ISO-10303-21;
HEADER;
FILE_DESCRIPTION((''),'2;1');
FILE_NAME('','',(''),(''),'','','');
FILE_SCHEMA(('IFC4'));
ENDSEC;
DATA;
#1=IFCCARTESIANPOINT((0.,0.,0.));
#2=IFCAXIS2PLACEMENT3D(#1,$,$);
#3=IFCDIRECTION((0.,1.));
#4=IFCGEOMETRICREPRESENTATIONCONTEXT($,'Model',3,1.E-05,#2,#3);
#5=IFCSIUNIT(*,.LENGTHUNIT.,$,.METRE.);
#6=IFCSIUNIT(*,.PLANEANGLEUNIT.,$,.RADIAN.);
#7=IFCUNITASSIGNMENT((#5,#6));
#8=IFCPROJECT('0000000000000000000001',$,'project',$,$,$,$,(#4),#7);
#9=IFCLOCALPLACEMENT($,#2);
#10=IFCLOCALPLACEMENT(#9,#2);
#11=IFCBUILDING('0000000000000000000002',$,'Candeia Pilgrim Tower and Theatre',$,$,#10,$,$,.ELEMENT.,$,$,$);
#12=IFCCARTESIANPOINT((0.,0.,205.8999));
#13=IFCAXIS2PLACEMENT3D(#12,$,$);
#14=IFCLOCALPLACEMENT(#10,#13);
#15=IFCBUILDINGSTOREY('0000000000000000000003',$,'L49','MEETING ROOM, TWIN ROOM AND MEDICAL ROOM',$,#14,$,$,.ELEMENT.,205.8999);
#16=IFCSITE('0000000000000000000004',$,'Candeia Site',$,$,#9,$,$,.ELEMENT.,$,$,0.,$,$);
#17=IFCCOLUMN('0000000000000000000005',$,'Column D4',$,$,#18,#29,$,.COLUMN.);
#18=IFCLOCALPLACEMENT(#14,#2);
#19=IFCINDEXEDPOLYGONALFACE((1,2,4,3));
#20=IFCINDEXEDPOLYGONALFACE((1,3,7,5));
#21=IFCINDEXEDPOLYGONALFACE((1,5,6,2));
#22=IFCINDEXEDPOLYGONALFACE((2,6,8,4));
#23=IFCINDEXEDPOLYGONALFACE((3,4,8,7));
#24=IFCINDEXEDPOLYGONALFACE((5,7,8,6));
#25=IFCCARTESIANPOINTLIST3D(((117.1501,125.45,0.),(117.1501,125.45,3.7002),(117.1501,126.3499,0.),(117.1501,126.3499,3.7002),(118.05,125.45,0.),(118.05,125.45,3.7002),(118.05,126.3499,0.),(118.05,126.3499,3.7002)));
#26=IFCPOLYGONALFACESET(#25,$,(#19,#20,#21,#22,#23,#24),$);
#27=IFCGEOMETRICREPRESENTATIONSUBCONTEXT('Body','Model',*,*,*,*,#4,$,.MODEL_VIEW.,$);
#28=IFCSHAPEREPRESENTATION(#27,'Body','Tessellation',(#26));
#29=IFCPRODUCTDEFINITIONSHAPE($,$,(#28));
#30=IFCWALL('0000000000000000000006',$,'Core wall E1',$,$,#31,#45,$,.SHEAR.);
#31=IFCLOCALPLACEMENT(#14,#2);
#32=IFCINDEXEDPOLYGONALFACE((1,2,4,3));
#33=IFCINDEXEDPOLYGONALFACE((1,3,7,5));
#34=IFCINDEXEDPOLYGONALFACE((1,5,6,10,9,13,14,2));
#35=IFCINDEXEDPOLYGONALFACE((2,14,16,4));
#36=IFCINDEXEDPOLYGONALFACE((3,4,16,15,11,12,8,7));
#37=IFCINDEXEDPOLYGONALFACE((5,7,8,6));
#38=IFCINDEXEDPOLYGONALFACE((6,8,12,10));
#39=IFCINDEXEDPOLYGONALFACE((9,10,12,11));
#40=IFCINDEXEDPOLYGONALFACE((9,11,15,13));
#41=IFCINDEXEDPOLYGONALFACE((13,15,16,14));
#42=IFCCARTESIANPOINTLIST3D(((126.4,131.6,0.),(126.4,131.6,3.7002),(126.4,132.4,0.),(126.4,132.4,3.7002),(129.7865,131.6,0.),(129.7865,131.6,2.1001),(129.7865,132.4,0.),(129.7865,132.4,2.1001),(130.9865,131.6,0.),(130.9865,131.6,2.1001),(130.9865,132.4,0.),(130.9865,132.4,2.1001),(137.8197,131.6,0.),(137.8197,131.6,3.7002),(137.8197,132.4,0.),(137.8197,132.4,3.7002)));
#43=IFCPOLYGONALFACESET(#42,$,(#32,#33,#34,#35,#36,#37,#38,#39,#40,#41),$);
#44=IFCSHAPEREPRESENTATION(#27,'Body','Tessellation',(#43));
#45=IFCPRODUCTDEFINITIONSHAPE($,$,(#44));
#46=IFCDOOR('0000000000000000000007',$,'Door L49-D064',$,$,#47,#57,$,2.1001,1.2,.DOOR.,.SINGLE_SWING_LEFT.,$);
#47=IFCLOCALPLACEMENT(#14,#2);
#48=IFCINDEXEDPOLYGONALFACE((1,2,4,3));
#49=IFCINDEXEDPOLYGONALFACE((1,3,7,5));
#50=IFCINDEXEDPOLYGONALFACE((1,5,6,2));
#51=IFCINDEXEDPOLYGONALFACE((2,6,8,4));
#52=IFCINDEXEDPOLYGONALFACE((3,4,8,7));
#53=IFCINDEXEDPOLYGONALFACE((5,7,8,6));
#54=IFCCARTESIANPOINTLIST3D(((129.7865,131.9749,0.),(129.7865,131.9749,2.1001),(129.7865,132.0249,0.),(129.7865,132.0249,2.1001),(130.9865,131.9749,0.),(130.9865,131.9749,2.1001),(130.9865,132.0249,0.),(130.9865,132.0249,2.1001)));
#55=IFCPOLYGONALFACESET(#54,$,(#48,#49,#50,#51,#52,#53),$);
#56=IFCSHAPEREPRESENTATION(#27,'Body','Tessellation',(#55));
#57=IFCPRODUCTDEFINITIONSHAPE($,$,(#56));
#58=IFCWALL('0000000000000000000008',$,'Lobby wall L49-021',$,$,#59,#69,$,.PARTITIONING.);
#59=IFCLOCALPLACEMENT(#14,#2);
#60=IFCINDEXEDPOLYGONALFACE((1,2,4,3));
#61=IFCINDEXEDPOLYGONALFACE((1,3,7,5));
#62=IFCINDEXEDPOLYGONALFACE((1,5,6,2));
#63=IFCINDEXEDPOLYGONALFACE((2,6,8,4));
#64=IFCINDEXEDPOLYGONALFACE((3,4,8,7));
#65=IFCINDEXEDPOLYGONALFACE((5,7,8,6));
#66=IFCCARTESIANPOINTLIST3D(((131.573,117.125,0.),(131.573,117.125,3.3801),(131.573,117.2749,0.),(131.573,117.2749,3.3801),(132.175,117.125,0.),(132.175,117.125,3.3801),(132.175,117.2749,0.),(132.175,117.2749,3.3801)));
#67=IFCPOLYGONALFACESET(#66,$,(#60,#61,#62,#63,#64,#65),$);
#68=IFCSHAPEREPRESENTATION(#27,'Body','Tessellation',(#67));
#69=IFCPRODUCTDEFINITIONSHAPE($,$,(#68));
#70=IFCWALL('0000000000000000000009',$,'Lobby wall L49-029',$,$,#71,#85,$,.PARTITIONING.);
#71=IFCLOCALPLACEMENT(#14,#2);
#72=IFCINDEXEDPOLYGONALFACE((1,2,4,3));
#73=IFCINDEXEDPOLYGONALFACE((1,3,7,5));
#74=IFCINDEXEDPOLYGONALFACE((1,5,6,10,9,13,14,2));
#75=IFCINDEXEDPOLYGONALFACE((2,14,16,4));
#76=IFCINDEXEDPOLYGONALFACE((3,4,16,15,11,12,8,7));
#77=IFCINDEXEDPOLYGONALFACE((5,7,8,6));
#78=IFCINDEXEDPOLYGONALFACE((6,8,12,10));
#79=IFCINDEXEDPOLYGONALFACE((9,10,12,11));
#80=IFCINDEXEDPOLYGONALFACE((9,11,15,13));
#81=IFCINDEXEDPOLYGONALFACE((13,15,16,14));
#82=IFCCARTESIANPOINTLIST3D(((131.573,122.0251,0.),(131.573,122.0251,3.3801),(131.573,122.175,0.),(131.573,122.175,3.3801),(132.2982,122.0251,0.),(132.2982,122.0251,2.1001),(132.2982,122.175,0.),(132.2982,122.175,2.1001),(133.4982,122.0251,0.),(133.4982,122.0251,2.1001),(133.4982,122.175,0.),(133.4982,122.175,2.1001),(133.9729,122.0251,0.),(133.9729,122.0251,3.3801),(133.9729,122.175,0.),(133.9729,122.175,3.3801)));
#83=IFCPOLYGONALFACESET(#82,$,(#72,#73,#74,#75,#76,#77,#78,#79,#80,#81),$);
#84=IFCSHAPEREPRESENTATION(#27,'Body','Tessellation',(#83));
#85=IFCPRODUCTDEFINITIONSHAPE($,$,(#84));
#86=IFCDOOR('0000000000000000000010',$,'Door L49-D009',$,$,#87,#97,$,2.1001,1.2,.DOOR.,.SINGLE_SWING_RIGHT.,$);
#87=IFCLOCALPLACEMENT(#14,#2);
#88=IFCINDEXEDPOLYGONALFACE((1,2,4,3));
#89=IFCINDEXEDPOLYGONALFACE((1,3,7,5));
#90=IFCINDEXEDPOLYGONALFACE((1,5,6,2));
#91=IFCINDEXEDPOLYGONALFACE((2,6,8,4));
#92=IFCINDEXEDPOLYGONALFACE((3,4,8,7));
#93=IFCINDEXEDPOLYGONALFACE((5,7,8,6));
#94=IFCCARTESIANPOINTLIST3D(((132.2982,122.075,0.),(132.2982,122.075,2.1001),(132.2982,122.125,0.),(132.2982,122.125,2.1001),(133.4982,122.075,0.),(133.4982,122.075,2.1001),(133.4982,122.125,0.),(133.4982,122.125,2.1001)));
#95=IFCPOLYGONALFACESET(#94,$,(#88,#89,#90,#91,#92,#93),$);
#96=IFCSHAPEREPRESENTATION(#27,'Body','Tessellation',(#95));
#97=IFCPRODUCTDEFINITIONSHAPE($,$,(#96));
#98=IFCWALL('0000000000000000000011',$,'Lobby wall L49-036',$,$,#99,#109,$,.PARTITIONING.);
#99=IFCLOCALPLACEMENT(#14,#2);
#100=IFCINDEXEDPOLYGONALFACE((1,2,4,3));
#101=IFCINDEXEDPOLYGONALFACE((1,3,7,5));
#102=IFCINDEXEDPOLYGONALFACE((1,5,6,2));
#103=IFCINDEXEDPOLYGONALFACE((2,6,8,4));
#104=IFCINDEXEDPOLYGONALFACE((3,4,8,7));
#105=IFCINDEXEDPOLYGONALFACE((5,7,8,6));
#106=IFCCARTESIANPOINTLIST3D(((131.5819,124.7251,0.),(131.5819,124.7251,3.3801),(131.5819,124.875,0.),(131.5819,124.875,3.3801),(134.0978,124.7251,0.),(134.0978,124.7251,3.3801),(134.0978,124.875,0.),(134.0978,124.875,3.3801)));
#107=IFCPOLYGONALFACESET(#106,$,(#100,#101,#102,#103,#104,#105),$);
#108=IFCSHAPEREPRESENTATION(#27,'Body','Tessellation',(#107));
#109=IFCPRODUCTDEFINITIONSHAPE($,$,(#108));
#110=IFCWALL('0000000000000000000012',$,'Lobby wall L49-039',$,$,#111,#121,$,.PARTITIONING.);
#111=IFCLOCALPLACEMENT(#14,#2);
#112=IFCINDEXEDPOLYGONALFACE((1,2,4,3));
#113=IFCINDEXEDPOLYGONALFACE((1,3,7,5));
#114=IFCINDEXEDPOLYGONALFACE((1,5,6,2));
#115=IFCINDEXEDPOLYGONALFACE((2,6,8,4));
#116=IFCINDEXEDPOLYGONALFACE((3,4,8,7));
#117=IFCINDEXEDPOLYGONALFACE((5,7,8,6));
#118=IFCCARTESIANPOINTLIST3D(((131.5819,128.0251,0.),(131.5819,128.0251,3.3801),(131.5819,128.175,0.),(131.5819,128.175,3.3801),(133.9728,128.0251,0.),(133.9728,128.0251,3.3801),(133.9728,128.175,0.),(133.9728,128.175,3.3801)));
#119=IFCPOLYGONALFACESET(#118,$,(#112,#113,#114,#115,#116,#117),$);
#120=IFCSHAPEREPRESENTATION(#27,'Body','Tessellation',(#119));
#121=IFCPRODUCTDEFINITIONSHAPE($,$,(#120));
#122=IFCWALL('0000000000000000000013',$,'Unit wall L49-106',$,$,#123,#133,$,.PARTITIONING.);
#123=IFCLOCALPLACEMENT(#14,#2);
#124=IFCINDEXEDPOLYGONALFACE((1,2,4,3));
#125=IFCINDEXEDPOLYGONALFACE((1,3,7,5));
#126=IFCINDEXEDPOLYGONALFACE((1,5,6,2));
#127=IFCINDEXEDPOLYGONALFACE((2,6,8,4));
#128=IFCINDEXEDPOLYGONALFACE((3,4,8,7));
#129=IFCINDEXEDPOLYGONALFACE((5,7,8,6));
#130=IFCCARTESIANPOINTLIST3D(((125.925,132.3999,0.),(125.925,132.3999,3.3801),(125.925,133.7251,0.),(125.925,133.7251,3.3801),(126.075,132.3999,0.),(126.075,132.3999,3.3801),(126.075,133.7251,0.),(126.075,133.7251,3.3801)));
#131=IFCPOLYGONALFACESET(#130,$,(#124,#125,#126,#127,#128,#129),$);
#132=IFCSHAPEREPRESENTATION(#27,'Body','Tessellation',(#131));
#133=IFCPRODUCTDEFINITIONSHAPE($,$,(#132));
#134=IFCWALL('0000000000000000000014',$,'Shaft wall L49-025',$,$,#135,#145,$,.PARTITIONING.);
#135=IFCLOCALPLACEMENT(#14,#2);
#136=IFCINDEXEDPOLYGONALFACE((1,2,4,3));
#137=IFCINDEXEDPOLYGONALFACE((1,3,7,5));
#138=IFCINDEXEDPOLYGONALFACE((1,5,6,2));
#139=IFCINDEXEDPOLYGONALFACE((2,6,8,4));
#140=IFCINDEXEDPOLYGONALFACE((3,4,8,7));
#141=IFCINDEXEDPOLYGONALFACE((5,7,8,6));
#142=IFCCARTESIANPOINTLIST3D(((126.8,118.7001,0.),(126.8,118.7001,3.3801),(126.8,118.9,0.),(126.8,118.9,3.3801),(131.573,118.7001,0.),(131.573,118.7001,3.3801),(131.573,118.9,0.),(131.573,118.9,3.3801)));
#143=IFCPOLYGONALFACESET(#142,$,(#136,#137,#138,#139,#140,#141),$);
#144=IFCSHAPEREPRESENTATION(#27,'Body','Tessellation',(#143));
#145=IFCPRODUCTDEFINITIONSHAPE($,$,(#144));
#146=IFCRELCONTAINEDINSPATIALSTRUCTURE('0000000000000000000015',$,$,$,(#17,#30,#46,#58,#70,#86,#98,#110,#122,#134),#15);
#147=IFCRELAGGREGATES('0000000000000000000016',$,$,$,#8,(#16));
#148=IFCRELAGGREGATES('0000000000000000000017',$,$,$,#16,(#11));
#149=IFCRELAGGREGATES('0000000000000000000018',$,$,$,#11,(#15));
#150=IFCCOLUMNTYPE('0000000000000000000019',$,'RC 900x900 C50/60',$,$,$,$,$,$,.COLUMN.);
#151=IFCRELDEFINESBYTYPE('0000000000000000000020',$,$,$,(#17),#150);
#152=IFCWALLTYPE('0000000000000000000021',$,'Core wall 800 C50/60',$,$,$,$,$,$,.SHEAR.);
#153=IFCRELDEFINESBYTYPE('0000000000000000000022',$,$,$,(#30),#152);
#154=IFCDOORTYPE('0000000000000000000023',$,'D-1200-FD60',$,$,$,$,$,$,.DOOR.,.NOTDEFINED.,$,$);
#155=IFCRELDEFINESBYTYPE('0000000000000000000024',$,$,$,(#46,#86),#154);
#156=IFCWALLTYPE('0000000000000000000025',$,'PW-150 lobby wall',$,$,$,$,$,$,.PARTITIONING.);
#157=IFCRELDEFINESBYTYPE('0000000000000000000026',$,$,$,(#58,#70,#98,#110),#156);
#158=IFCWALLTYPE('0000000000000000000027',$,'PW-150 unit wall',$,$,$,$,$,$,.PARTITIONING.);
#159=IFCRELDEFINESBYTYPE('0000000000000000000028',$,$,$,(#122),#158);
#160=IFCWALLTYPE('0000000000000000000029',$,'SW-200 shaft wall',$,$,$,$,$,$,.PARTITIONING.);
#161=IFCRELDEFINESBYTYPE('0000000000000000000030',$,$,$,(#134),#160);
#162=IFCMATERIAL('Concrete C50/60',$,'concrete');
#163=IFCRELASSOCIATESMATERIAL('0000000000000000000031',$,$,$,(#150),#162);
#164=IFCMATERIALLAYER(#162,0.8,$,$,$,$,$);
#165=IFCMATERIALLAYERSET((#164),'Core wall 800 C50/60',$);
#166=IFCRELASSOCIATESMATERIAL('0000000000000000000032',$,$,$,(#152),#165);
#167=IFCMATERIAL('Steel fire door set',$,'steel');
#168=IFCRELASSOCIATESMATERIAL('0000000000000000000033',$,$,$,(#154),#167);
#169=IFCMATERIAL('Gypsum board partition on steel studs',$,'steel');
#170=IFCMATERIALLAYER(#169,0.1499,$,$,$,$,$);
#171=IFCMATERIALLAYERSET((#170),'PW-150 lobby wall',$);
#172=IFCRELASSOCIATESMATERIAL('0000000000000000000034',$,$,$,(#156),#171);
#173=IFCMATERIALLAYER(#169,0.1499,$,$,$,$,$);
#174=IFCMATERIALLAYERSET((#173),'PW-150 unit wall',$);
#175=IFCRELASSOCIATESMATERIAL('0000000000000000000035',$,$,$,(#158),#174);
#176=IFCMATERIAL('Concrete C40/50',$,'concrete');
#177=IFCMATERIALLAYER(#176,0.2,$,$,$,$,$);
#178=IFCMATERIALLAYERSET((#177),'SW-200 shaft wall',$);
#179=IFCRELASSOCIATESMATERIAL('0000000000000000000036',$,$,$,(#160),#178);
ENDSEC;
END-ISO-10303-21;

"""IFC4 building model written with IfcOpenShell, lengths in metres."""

from ifc_helpers import new_model, si_unit, direction, frame, frame_2d, origin, origin_2d, place, context, subcontext, project, spatial, rectangle, extrude, material, layer, layer_set, material_profile, profile_set, type_object, element, fill, save


model = new_model("IFC4")

# Units and contexts
model_context = context("Model", 3, precision=1e-05, world=origin(), true_north=direction((0.0, 1.0)))
body_context = subcontext(model_context, "Body", "Model", "MODEL_VIEW")
ifc_project = project(units=[si_unit("LENGTHUNIT", "METRE"), si_unit("PLANEANGLEUNIT", "RADIAN")], contexts=[model_context])

# Site, building, storey
site_placement = place(None, origin())
site = spatial("IfcSite", under=ifc_project, at=site_placement, Name="Candeia Site", CompositionType="ELEMENT", RefElevation=0.0)
building_placement = place(site_placement, origin())
building = spatial("IfcBuilding", under=site, at=building_placement, Name="Candeia Pilgrim Tower and Theatre", CompositionType="ELEMENT")
storey_placement = place(building_placement, frame((0.0, 0.0, 205.8999)))
storey = spatial("IfcBuildingStorey", under=building, at=storey_placement, Name="L49", Description="MEETING ROOM, TWIN ROOM AND MEDICAL ROOM", CompositionType="ELEMENT", Elevation=205.8999)

# Column
ifc_material_1 = material(Name="Concrete C50/60", Category="concrete")
ifc_material_profile = material_profile(ifc_material_1, rectangle(XDim=0.8999, YDim=0.8999, at=origin_2d()))
ifc_profile_set = profile_set([ifc_material_profile], Name="Concrete C50/60")
column_type = type_object("IfcColumnType", Name="RC 900x900 C50/60", PredefinedType="COLUMN", material=ifc_profile_set)
column_placement = place(storey_placement, frame((117.6001, 125.8999, 0.0), z_axis=(0.0, 0.0, 1.0), x_axis=(1.0, 0.0, 0.0)))
element("IfcColumn", 1, at=column_placement, inside=storey, type_object=column_type, Name="Column D4", PredefinedType="COLUMN", context=body_context, shape_type="SweptSolid", body=[
    extrude(rectangle(XDim=0.8999, YDim=0.8999, at=origin_2d()), origin(), (0.0, 0.0, 1.0), 3.7002),
])

# Wall, opening, door
ifc_layer_1 = layer(ifc_material_1, 0.8)
ifc_layer_set_1 = layer_set([ifc_layer_1], Name="Core wall 800 C50/60")
wall_type_1 = type_object("IfcWallType", Name="Core wall 800 C50/60", PredefinedType="SHEAR", material=ifc_layer_set_1)
wall_1_placement = place(storey_placement, frame((126.3999, 132.0, 0.0), z_axis=(0.0, 0.0, 1.0), x_axis=(1.0, 0.0, 0.0)))
wall_1 = element("IfcWall", 2, at=wall_1_placement, inside=storey, type_object=wall_type_1, Name="Core wall E1", PredefinedType="SHEAR", context=body_context, shape_type="SweptSolid", body=[
    extrude(rectangle(XDim=11.4197, YDim=0.8, at=frame_2d((5.71, 0.0))), origin(), (0.0, 0.0, 1.0), 3.7002),
])
opening_1_placement = place(wall_1_placement, frame((3.3865, 0.0, 0.0)))
opening_1 = element("IfcOpeningElement", 3, at=opening_1_placement, cuts=wall_1, PredefinedType="OPENING", context=body_context, shape_type="SweptSolid", body=[
    extrude(rectangle(XDim=1.2, YDim=2.1001, at=frame_2d((0.6001, 1.05))), frame((0.0, 0.4102, 0.0), z_axis=(0.0, -1.0, 0.0), x_axis=(1.0, 0.0, 0.0)), (0.0, 0.0, 1.0), 0.8201),
])
ifc_material_2 = material(Name="Steel fire door set", Category="steel")
door_type_1 = type_object("IfcDoorType", Name="D-1200-FD60", OperationType="NOTDEFINED", PredefinedType="DOOR", material=ifc_material_2)
door_1_placement = place(opening_1_placement, origin())
door_1 = element("IfcDoor", 4, at=door_1_placement, inside=storey, type_object=door_type_1, Name="Door L49-D064", OperationType="SINGLE_SWING_LEFT", OverallHeight=2.1001, OverallWidth=1.2, PredefinedType="DOOR", context=body_context, shape_type="SweptSolid", body=[
    extrude(rectangle(XDim=1.2, YDim=2.1001, at=frame_2d((0.6001, 1.05))), frame((0.0, 0.0249, 0.0), z_axis=(0.0, -1.0, 0.0), x_axis=(1.0, 0.0, 0.0)), (0.0, 0.0, 1.0), 0.05),
])
fill(opening_1, door_1)

# Wall
ifc_material_3 = material(Name="Gypsum board partition on steel studs", Category="steel")
ifc_layer_2 = layer(ifc_material_3, 0.1499)
ifc_layer_set_2 = layer_set([ifc_layer_2], Name="PW-150 lobby wall")
wall_type_2 = type_object("IfcWallType", Name="PW-150 lobby wall", PredefinedType="PARTITIONING", material=ifc_layer_set_2)
wall_2_placement = place(storey_placement, frame((131.573, 117.2, 0.0), z_axis=(0.0, 0.0, 1.0), x_axis=(1.0, 0.0, 0.0)))
element("IfcWall", 5, at=wall_2_placement, inside=storey, type_object=wall_type_2, Name="Lobby wall L49-021", PredefinedType="PARTITIONING", context=body_context, shape_type="SweptSolid", body=[
    extrude(rectangle(XDim=0.6021, YDim=0.1499, at=frame_2d((0.301, 0.0))), origin(), (0.0, 0.0, 1.0), 3.3801),
])

# Wall, opening, door
wall_3_placement = place(storey_placement, frame((131.573, 122.1001, 0.0), z_axis=(0.0, 0.0, 1.0), x_axis=(1.0, 0.0, 0.0)))
wall_3 = element("IfcWall", 6, at=wall_3_placement, inside=storey, type_object=wall_type_2, Name="Lobby wall L49-029", PredefinedType="PARTITIONING", context=body_context, shape_type="SweptSolid", body=[
    extrude(rectangle(XDim=2.3999, YDim=0.1499, at=frame_2d((1.2, 0.0))), origin(), (0.0, 0.0, 1.0), 3.3801),
])
opening_2_placement = place(wall_3_placement, frame((0.7251, 0.0, 0.0)))
opening_2 = element("IfcOpeningElement", 7, at=opening_2_placement, cuts=wall_3, PredefinedType="OPENING", context=body_context, shape_type="SweptSolid", body=[
    extrude(rectangle(XDim=1.2, YDim=2.1001, at=frame_2d((0.6001, 1.05))), frame((0.0, 0.085, 0.0), z_axis=(0.0, -1.0, 0.0), x_axis=(1.0, 0.0, 0.0)), (0.0, 0.0, 1.0), 0.1699),
])
door_2_placement = place(opening_2_placement, origin())
door_2 = element("IfcDoor", 8, at=door_2_placement, inside=storey, type_object=door_type_1, Name="Door L49-D009", OperationType="SINGLE_SWING_RIGHT", OverallHeight=2.1001, OverallWidth=1.2, PredefinedType="DOOR", context=body_context, shape_type="SweptSolid", body=[
    extrude(rectangle(XDim=1.2, YDim=2.1001, at=frame_2d((0.6001, 1.05))), frame((0.0, 0.0249, 0.0), z_axis=(0.0, -1.0, 0.0), x_axis=(1.0, 0.0, 0.0)), (0.0, 0.0, 1.0), 0.05),
])
fill(opening_2, door_2)

# Walls
wall_4_placement = place(storey_placement, frame((131.582, 124.8, 0.0), z_axis=(0.0, 0.0, 1.0), x_axis=(1.0, 0.0, 0.0)))
element("IfcWall", 9, at=wall_4_placement, inside=storey, type_object=wall_type_2, Name="Lobby wall L49-036", PredefinedType="PARTITIONING", context=body_context, shape_type="SweptSolid", body=[
    extrude(rectangle(XDim=2.5159, YDim=0.1499, at=frame_2d((1.2578, 0.0))), origin(), (0.0, 0.0, 1.0), 3.3801),
])
wall_5_placement = place(storey_placement, frame((131.582, 128.1001, 0.0), z_axis=(0.0, 0.0, 1.0), x_axis=(1.0, 0.0, 0.0)))
element("IfcWall", 10, at=wall_5_placement, inside=storey, type_object=wall_type_2, Name="Lobby wall L49-039", PredefinedType="PARTITIONING", context=body_context, shape_type="SweptSolid", body=[
    extrude(rectangle(XDim=2.3909, YDim=0.1499, at=frame_2d((1.1953, 0.0))), origin(), (0.0, 0.0, 1.0), 3.3801),
])
ifc_layer_3 = layer(ifc_material_3, 0.1499)
ifc_layer_set_3 = layer_set([ifc_layer_3], Name="PW-150 unit wall")
wall_type_3 = type_object("IfcWallType", Name="PW-150 unit wall", PredefinedType="PARTITIONING", material=ifc_layer_set_3)
wall_6_placement = place(storey_placement, frame((126.0, 132.3999, 0.0), z_axis=(0.0, 0.0, 1.0), x_axis=(0.0, 1.0, 0.0)))
element("IfcWall", 11, at=wall_6_placement, inside=storey, type_object=wall_type_3, Name="Unit wall L49-106", PredefinedType="PARTITIONING", context=body_context, shape_type="SweptSolid", body=[
    extrude(rectangle(XDim=1.3252, YDim=0.1499, at=frame_2d((0.6626, 0.0))), origin(), (0.0, 0.0, 1.0), 3.3801),
])
ifc_material_4 = material(Name="Concrete C40/50", Category="concrete")
ifc_layer_4 = layer(ifc_material_4, 0.2)
ifc_layer_set_4 = layer_set([ifc_layer_4], Name="SW-200 shaft wall")
wall_type_4 = type_object("IfcWallType", Name="SW-200 shaft wall", PredefinedType="PARTITIONING", material=ifc_layer_set_4)
wall_7_placement = place(storey_placement, frame((126.8, 118.8, 0.0), z_axis=(0.0, 0.0, 1.0), x_axis=(1.0, 0.0, 0.0)))
element("IfcWall", 12, at=wall_7_placement, inside=storey, type_object=wall_type_4, Name="Shaft wall L49-025", PredefinedType="PARTITIONING", context=body_context, shape_type="SweptSolid", body=[
    extrude(rectangle(XDim=4.7729, YDim=0.2, at=frame_2d((2.3865, 0.0))), origin(), (0.0, 0.0, 1.0), 3.3801),
])

save(model, "model.ifc")
